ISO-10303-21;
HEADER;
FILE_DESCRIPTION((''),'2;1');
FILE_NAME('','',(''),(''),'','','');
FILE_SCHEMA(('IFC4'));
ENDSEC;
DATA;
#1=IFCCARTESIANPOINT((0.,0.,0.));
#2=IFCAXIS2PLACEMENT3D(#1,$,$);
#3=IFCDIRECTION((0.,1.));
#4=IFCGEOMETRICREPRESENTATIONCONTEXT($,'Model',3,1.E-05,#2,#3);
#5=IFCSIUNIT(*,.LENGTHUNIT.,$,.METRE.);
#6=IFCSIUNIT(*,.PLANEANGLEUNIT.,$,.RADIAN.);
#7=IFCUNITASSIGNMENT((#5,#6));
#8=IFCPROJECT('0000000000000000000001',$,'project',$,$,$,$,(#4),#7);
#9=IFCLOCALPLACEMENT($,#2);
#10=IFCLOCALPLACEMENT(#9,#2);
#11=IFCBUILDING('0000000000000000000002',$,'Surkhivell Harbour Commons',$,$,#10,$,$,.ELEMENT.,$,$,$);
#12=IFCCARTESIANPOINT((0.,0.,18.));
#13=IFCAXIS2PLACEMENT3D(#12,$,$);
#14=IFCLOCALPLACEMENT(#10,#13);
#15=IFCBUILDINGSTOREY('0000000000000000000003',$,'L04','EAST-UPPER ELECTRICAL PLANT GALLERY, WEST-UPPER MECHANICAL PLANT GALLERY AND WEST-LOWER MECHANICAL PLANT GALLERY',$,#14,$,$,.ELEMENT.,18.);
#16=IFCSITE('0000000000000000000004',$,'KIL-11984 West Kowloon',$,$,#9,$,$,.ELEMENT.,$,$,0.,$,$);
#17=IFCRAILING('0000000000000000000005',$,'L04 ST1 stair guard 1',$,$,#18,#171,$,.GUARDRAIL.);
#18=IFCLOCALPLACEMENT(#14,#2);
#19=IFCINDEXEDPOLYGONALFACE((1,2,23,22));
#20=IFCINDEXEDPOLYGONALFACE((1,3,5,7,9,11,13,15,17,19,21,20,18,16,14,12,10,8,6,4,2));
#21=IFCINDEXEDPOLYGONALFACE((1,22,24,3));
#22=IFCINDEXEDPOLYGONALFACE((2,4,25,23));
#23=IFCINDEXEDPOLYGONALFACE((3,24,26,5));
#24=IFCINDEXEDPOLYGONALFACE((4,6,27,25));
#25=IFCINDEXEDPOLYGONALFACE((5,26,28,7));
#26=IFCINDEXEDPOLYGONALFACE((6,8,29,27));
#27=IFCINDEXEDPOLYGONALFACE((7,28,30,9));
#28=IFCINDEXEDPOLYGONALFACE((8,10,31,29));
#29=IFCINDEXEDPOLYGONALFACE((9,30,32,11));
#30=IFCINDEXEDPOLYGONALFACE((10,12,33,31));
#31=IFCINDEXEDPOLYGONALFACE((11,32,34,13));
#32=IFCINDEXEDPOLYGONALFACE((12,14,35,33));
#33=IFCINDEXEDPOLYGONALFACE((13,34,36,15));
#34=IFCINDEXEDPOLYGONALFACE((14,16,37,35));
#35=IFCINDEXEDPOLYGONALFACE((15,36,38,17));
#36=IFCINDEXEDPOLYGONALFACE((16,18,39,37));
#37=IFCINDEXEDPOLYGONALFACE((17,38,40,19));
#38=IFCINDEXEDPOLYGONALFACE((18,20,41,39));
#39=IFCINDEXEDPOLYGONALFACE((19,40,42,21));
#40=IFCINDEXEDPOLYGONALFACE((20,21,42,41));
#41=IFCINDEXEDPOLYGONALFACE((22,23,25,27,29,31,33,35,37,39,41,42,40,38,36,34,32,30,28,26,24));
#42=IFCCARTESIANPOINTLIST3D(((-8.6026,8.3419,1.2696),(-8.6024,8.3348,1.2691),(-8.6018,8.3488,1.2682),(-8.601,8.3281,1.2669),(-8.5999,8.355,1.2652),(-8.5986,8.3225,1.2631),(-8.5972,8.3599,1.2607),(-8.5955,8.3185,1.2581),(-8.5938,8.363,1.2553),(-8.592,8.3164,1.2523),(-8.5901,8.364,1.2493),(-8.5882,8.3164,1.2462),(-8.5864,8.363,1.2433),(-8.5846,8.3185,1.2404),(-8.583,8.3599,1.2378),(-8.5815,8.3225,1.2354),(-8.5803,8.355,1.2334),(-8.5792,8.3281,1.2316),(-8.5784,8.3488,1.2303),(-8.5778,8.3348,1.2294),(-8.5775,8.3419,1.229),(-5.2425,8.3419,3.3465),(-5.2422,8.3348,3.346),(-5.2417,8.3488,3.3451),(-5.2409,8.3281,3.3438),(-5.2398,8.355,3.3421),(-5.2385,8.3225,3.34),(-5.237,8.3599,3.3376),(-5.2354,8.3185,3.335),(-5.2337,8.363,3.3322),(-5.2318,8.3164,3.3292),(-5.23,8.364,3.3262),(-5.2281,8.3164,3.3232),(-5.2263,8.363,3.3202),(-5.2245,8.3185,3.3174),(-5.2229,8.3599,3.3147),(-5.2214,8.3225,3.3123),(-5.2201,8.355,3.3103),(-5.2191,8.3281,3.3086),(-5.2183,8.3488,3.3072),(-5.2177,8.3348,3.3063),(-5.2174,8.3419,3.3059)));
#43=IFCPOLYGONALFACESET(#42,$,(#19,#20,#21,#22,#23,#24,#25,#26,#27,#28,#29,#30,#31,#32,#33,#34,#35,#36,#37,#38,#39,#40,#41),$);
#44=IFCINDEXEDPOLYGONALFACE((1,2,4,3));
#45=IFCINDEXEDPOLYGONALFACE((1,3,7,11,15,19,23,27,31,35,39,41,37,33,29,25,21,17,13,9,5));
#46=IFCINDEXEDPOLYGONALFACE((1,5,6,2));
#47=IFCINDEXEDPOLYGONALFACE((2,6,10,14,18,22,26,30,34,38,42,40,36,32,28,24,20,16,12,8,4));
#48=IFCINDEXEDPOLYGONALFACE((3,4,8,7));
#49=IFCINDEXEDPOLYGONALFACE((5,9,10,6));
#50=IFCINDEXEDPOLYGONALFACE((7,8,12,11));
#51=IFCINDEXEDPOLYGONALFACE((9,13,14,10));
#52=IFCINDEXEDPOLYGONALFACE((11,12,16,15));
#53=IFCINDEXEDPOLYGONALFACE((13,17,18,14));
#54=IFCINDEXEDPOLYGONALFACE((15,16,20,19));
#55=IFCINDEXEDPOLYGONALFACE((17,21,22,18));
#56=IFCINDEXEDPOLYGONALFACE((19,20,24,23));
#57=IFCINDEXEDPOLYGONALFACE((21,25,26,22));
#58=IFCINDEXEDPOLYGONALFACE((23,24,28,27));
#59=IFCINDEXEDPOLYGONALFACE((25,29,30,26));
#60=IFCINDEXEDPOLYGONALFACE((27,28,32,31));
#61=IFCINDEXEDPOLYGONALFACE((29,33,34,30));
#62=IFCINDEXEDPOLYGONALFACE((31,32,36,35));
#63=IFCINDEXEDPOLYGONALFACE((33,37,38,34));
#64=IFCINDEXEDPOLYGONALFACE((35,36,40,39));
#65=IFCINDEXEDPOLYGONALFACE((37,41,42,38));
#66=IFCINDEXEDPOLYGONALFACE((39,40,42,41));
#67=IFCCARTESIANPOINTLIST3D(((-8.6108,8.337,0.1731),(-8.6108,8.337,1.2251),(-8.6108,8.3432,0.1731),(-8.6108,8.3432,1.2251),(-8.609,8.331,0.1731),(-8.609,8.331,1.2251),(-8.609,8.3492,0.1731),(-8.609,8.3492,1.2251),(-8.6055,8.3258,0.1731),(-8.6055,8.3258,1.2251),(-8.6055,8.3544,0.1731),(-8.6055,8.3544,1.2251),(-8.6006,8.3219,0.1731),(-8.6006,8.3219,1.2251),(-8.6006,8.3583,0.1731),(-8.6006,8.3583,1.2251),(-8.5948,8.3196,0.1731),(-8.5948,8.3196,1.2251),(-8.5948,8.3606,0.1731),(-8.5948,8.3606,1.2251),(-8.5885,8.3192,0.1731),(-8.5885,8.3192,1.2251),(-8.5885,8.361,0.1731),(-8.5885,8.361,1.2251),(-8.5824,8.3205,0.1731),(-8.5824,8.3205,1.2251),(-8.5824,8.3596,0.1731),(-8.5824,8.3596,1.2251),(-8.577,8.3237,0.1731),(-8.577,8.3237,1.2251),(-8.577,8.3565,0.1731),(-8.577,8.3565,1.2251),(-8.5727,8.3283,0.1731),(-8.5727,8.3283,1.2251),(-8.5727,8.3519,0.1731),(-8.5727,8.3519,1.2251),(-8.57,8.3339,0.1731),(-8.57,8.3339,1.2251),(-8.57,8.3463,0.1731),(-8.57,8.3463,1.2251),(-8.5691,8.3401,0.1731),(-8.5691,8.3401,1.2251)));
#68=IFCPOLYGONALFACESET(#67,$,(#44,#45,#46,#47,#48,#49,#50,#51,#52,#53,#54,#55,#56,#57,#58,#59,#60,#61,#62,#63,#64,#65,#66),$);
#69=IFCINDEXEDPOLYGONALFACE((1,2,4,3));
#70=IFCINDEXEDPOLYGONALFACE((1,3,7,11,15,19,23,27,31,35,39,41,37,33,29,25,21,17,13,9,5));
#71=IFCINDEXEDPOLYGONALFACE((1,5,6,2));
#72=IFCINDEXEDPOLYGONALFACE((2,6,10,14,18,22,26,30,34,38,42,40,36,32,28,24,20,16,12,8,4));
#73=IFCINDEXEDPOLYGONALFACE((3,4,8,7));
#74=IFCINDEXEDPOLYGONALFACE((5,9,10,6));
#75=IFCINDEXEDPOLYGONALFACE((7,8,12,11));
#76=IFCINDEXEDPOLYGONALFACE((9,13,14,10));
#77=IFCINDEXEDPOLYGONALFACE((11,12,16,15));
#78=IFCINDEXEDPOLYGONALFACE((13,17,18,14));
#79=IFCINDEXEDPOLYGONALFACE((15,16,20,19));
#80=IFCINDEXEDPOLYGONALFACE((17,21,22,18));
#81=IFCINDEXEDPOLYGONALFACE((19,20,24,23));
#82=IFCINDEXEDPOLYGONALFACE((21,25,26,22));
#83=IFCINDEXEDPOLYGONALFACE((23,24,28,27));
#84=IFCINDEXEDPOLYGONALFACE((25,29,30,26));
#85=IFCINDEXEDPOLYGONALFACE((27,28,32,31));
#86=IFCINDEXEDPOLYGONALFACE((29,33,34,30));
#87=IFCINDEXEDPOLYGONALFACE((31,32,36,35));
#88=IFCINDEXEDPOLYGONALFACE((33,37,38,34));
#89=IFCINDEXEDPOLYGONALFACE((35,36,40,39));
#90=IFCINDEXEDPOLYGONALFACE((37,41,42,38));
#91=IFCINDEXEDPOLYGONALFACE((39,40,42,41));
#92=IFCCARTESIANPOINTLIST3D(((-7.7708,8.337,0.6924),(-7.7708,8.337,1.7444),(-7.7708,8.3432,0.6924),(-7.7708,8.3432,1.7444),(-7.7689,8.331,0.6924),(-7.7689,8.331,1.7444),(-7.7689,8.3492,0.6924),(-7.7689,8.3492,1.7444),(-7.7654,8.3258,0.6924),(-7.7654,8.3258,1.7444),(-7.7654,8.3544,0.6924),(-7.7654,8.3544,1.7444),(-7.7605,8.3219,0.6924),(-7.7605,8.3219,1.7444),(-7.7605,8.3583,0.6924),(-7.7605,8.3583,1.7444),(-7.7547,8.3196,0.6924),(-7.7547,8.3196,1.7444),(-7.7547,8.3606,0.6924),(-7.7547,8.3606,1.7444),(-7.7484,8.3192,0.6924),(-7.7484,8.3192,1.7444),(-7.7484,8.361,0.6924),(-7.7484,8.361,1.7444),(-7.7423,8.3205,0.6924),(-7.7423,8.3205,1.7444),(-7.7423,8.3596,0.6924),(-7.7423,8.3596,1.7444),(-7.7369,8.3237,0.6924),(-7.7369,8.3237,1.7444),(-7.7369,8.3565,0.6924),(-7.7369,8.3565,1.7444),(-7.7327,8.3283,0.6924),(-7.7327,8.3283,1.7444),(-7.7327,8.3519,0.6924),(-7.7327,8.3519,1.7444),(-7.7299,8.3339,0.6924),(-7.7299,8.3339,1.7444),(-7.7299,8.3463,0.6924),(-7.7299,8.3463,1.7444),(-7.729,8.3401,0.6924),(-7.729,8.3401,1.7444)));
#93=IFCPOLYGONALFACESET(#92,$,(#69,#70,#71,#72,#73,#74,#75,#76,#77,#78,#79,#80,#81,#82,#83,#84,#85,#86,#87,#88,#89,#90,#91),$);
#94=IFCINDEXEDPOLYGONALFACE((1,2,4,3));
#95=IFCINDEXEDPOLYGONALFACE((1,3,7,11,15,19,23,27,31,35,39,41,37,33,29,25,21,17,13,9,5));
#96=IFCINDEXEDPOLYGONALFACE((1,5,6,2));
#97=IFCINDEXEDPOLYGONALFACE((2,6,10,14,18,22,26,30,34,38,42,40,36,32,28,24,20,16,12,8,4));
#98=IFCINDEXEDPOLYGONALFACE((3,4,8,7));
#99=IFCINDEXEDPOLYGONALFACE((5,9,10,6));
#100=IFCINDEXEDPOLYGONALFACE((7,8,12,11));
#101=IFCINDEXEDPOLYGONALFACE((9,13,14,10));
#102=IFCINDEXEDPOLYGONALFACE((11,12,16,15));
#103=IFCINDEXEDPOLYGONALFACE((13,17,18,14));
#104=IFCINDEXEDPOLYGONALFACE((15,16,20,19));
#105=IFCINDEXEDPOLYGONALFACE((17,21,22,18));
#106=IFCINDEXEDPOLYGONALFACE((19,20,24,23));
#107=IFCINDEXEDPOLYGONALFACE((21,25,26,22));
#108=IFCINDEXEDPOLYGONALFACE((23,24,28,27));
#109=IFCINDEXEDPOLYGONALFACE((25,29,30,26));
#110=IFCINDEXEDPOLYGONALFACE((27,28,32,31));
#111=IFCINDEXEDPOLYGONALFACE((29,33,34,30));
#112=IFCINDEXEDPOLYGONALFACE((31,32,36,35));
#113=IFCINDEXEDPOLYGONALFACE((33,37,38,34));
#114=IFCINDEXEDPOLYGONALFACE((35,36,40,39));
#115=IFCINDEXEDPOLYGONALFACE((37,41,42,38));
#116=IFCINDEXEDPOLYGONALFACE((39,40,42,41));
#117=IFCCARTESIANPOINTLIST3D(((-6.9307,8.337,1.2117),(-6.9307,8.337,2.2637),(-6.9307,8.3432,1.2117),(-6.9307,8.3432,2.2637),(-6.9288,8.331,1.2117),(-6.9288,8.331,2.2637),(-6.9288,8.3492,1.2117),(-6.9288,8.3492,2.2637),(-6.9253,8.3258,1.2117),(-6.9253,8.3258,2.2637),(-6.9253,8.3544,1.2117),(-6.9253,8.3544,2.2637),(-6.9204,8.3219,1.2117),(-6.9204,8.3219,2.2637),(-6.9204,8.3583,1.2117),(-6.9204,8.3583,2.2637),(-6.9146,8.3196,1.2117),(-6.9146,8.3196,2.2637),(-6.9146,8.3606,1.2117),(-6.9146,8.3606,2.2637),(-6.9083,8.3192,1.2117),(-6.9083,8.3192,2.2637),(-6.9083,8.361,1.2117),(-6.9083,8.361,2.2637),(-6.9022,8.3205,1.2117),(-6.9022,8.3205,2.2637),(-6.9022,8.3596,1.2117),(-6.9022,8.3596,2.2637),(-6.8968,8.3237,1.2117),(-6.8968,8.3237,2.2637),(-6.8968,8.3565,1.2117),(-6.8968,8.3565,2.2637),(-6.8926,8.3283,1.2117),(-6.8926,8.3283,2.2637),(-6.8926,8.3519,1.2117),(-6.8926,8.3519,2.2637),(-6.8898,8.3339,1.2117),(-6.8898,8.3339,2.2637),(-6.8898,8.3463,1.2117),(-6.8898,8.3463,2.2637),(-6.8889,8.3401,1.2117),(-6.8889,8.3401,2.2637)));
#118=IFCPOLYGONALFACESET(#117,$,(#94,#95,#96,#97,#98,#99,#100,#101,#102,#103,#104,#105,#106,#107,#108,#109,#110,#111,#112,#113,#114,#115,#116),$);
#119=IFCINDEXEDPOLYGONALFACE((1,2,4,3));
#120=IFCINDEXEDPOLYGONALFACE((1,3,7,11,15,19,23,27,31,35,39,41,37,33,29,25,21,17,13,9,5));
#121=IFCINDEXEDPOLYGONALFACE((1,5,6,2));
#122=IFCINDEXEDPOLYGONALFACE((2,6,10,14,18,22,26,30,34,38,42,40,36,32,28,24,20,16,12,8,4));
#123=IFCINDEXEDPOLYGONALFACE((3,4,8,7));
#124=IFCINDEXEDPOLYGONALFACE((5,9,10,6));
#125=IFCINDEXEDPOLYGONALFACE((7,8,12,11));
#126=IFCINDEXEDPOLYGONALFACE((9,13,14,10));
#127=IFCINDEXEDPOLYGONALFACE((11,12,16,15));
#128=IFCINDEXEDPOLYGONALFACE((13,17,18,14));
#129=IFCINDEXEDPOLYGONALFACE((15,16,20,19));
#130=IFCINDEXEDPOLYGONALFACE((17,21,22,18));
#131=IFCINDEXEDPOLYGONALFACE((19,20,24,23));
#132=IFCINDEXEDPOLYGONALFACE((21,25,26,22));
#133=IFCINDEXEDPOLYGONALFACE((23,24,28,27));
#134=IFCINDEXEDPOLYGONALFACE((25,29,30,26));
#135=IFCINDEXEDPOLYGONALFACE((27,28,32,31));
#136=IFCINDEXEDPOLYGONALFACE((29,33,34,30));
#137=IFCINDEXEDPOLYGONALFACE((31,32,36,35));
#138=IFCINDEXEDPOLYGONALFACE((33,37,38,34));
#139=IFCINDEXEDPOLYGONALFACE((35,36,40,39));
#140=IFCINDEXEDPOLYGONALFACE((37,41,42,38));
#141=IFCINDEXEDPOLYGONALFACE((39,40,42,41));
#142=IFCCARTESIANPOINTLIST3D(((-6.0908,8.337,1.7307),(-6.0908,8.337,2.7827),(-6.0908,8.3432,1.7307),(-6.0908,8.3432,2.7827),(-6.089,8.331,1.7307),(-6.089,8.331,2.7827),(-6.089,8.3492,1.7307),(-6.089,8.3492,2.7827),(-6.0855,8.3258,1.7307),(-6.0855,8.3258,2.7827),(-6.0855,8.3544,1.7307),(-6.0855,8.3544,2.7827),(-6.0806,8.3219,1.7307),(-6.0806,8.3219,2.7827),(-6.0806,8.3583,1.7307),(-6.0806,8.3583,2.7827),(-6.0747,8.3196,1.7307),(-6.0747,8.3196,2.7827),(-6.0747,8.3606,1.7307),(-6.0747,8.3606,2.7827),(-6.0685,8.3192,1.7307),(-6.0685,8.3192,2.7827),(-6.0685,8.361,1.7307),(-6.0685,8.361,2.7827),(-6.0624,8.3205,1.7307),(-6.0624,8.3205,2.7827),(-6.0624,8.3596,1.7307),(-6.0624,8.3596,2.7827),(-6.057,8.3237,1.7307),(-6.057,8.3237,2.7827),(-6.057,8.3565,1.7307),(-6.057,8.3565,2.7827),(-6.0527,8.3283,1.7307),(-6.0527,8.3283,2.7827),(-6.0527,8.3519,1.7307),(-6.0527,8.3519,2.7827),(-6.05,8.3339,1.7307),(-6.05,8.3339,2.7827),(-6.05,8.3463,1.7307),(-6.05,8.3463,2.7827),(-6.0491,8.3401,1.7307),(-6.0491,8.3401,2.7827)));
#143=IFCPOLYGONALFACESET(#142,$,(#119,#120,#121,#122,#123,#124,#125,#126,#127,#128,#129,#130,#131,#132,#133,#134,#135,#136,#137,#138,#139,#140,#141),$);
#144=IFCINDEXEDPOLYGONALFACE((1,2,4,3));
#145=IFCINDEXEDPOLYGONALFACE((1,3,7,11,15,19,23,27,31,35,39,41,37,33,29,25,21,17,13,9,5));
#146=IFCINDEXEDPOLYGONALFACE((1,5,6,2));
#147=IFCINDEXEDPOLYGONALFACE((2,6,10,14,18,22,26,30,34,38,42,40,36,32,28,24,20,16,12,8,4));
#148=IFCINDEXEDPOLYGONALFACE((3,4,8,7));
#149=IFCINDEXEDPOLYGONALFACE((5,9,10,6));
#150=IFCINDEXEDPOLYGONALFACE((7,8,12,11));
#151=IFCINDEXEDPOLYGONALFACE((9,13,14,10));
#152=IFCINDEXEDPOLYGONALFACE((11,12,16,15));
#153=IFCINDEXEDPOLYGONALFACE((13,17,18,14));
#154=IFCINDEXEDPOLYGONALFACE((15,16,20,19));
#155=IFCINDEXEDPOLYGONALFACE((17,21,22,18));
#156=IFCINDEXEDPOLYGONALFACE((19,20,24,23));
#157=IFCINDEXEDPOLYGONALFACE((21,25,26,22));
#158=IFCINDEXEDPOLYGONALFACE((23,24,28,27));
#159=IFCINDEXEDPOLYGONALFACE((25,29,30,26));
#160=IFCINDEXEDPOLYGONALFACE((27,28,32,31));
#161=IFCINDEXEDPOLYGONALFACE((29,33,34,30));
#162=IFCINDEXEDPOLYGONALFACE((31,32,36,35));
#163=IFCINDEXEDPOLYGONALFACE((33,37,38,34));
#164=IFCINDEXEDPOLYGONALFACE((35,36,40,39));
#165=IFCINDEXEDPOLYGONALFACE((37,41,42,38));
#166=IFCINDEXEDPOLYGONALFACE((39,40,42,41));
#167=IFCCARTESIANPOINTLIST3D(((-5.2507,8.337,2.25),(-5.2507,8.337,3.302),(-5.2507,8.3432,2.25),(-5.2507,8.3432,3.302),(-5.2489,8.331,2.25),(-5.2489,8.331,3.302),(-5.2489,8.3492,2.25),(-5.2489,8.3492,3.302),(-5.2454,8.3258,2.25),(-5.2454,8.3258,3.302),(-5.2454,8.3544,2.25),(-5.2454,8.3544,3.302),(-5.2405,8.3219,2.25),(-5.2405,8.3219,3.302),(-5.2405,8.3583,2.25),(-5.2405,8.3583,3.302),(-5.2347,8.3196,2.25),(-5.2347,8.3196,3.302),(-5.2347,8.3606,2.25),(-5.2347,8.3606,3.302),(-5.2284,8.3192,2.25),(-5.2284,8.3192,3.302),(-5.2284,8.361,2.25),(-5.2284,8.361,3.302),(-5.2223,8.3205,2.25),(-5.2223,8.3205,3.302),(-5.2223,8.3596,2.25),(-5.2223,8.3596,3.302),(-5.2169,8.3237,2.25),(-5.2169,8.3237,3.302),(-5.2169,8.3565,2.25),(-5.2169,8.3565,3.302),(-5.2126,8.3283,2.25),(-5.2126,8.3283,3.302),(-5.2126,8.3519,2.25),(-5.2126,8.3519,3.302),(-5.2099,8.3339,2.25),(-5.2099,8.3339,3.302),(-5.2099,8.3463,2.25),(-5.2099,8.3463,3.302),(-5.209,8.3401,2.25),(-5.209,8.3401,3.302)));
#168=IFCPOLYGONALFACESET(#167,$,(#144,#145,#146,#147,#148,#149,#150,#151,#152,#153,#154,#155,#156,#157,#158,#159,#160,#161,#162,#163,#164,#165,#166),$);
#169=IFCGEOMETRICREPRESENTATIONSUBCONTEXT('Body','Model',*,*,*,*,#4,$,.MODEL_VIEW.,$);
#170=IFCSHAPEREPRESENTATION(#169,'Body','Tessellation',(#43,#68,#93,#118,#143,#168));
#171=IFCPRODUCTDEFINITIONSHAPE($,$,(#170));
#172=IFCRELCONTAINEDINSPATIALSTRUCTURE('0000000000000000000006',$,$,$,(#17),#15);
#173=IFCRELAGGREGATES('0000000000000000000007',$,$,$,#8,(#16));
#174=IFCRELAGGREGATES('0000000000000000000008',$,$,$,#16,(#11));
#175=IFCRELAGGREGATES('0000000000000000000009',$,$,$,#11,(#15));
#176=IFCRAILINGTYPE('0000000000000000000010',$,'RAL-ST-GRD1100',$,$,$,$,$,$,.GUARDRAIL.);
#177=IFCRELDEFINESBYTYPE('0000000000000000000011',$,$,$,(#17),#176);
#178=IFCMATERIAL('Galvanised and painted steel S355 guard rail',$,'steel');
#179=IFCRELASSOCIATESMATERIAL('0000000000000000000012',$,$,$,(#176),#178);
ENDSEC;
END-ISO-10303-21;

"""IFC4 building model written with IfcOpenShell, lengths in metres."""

from ifc_helpers import new_model, si_unit, direction, frame, origin, origin_2d, place, context, subcontext, project, spatial, circle, extrude, material, type_object, element, save


model = new_model("IFC4")

# Units and contexts
model_context = context("Model", 3, precision=1e-05, world=origin(), true_north=direction((0.0, 1.0)))
body_context = subcontext(model_context, "Body", "Model", "MODEL_VIEW")
ifc_project = project(units=[si_unit("LENGTHUNIT", "METRE"), si_unit("PLANEANGLEUNIT", "RADIAN")], contexts=[model_context])

# Site, building, storey
site_placement = place(None, origin())
site = spatial("IfcSite", under=ifc_project, at=site_placement, Name="KIL-11984 West Kowloon", CompositionType="ELEMENT", RefElevation=0.0)
building_placement = place(site_placement, origin())
building = spatial("IfcBuilding", under=site, at=building_placement, Name="Surkhivell Harbour Commons", CompositionType="ELEMENT")
storey_placement = place(building_placement, frame((0.0, 0.0, 18.0)))
storey = spatial("IfcBuildingStorey", under=building, at=storey_placement, Name="L04", Description="EAST-UPPER ELECTRICAL PLANT GALLERY, WEST-UPPER MECHANICAL PLANT GALLERY AND WEST-LOWER MECHANICAL PLANT GALLERY", CompositionType="ELEMENT", Elevation=18.0)

# Railing
ifc_material_1 = material(Name="Galvanised and painted steel S355 guard rail", Category="steel")
railing_type_1 = type_object("IfcRailingType", Name="RAL-ST-GRD1100", PredefinedType="GUARDRAIL", material=ifc_material_1)
railing_1_placement = place(storey_placement, frame((-8.5901, 8.3401, 0.1731)))
element("IfcRailing", 1, at=railing_1_placement, inside=storey, type_object=railing_type_1, Name="L04 ST1 stair guard 1", PredefinedType="GUARDRAIL", context=body_context, shape_type="SweptSolid", body=[
    extrude(circle(Radius=0.0239, at=origin_2d()), frame((0.0, 0.0, 1.0762), z_axis=(0.850623, 0.0, 0.525776), x_axis=(0.0, 1.0, 0.0)), (0.0, 0.0, 1.0), 3.9502),
    extrude(circle(Radius=0.021, at=origin_2d()), origin(), (0.0, 0.0, 1.0), 1.052),
    extrude(circle(Radius=0.021, at=origin_2d()), frame((0.8401, 0.0, 0.5193)), (0.0, 0.0, 1.0), 1.052),
    extrude(circle(Radius=0.021, at=origin_2d()), frame((1.6802, 0.0, 1.0386)), (0.0, 0.0, 1.0), 1.052),
    extrude(circle(Radius=0.021, at=origin_2d()), frame((2.52, 0.0, 1.5576)), (0.0, 0.0, 1.0), 1.052),
    extrude(circle(Radius=0.021, at=origin_2d()), frame((3.3601, 0.0, 2.0769)), (0.0, 0.0, 1.0), 1.052),
])

save(model, "model.ifc")
